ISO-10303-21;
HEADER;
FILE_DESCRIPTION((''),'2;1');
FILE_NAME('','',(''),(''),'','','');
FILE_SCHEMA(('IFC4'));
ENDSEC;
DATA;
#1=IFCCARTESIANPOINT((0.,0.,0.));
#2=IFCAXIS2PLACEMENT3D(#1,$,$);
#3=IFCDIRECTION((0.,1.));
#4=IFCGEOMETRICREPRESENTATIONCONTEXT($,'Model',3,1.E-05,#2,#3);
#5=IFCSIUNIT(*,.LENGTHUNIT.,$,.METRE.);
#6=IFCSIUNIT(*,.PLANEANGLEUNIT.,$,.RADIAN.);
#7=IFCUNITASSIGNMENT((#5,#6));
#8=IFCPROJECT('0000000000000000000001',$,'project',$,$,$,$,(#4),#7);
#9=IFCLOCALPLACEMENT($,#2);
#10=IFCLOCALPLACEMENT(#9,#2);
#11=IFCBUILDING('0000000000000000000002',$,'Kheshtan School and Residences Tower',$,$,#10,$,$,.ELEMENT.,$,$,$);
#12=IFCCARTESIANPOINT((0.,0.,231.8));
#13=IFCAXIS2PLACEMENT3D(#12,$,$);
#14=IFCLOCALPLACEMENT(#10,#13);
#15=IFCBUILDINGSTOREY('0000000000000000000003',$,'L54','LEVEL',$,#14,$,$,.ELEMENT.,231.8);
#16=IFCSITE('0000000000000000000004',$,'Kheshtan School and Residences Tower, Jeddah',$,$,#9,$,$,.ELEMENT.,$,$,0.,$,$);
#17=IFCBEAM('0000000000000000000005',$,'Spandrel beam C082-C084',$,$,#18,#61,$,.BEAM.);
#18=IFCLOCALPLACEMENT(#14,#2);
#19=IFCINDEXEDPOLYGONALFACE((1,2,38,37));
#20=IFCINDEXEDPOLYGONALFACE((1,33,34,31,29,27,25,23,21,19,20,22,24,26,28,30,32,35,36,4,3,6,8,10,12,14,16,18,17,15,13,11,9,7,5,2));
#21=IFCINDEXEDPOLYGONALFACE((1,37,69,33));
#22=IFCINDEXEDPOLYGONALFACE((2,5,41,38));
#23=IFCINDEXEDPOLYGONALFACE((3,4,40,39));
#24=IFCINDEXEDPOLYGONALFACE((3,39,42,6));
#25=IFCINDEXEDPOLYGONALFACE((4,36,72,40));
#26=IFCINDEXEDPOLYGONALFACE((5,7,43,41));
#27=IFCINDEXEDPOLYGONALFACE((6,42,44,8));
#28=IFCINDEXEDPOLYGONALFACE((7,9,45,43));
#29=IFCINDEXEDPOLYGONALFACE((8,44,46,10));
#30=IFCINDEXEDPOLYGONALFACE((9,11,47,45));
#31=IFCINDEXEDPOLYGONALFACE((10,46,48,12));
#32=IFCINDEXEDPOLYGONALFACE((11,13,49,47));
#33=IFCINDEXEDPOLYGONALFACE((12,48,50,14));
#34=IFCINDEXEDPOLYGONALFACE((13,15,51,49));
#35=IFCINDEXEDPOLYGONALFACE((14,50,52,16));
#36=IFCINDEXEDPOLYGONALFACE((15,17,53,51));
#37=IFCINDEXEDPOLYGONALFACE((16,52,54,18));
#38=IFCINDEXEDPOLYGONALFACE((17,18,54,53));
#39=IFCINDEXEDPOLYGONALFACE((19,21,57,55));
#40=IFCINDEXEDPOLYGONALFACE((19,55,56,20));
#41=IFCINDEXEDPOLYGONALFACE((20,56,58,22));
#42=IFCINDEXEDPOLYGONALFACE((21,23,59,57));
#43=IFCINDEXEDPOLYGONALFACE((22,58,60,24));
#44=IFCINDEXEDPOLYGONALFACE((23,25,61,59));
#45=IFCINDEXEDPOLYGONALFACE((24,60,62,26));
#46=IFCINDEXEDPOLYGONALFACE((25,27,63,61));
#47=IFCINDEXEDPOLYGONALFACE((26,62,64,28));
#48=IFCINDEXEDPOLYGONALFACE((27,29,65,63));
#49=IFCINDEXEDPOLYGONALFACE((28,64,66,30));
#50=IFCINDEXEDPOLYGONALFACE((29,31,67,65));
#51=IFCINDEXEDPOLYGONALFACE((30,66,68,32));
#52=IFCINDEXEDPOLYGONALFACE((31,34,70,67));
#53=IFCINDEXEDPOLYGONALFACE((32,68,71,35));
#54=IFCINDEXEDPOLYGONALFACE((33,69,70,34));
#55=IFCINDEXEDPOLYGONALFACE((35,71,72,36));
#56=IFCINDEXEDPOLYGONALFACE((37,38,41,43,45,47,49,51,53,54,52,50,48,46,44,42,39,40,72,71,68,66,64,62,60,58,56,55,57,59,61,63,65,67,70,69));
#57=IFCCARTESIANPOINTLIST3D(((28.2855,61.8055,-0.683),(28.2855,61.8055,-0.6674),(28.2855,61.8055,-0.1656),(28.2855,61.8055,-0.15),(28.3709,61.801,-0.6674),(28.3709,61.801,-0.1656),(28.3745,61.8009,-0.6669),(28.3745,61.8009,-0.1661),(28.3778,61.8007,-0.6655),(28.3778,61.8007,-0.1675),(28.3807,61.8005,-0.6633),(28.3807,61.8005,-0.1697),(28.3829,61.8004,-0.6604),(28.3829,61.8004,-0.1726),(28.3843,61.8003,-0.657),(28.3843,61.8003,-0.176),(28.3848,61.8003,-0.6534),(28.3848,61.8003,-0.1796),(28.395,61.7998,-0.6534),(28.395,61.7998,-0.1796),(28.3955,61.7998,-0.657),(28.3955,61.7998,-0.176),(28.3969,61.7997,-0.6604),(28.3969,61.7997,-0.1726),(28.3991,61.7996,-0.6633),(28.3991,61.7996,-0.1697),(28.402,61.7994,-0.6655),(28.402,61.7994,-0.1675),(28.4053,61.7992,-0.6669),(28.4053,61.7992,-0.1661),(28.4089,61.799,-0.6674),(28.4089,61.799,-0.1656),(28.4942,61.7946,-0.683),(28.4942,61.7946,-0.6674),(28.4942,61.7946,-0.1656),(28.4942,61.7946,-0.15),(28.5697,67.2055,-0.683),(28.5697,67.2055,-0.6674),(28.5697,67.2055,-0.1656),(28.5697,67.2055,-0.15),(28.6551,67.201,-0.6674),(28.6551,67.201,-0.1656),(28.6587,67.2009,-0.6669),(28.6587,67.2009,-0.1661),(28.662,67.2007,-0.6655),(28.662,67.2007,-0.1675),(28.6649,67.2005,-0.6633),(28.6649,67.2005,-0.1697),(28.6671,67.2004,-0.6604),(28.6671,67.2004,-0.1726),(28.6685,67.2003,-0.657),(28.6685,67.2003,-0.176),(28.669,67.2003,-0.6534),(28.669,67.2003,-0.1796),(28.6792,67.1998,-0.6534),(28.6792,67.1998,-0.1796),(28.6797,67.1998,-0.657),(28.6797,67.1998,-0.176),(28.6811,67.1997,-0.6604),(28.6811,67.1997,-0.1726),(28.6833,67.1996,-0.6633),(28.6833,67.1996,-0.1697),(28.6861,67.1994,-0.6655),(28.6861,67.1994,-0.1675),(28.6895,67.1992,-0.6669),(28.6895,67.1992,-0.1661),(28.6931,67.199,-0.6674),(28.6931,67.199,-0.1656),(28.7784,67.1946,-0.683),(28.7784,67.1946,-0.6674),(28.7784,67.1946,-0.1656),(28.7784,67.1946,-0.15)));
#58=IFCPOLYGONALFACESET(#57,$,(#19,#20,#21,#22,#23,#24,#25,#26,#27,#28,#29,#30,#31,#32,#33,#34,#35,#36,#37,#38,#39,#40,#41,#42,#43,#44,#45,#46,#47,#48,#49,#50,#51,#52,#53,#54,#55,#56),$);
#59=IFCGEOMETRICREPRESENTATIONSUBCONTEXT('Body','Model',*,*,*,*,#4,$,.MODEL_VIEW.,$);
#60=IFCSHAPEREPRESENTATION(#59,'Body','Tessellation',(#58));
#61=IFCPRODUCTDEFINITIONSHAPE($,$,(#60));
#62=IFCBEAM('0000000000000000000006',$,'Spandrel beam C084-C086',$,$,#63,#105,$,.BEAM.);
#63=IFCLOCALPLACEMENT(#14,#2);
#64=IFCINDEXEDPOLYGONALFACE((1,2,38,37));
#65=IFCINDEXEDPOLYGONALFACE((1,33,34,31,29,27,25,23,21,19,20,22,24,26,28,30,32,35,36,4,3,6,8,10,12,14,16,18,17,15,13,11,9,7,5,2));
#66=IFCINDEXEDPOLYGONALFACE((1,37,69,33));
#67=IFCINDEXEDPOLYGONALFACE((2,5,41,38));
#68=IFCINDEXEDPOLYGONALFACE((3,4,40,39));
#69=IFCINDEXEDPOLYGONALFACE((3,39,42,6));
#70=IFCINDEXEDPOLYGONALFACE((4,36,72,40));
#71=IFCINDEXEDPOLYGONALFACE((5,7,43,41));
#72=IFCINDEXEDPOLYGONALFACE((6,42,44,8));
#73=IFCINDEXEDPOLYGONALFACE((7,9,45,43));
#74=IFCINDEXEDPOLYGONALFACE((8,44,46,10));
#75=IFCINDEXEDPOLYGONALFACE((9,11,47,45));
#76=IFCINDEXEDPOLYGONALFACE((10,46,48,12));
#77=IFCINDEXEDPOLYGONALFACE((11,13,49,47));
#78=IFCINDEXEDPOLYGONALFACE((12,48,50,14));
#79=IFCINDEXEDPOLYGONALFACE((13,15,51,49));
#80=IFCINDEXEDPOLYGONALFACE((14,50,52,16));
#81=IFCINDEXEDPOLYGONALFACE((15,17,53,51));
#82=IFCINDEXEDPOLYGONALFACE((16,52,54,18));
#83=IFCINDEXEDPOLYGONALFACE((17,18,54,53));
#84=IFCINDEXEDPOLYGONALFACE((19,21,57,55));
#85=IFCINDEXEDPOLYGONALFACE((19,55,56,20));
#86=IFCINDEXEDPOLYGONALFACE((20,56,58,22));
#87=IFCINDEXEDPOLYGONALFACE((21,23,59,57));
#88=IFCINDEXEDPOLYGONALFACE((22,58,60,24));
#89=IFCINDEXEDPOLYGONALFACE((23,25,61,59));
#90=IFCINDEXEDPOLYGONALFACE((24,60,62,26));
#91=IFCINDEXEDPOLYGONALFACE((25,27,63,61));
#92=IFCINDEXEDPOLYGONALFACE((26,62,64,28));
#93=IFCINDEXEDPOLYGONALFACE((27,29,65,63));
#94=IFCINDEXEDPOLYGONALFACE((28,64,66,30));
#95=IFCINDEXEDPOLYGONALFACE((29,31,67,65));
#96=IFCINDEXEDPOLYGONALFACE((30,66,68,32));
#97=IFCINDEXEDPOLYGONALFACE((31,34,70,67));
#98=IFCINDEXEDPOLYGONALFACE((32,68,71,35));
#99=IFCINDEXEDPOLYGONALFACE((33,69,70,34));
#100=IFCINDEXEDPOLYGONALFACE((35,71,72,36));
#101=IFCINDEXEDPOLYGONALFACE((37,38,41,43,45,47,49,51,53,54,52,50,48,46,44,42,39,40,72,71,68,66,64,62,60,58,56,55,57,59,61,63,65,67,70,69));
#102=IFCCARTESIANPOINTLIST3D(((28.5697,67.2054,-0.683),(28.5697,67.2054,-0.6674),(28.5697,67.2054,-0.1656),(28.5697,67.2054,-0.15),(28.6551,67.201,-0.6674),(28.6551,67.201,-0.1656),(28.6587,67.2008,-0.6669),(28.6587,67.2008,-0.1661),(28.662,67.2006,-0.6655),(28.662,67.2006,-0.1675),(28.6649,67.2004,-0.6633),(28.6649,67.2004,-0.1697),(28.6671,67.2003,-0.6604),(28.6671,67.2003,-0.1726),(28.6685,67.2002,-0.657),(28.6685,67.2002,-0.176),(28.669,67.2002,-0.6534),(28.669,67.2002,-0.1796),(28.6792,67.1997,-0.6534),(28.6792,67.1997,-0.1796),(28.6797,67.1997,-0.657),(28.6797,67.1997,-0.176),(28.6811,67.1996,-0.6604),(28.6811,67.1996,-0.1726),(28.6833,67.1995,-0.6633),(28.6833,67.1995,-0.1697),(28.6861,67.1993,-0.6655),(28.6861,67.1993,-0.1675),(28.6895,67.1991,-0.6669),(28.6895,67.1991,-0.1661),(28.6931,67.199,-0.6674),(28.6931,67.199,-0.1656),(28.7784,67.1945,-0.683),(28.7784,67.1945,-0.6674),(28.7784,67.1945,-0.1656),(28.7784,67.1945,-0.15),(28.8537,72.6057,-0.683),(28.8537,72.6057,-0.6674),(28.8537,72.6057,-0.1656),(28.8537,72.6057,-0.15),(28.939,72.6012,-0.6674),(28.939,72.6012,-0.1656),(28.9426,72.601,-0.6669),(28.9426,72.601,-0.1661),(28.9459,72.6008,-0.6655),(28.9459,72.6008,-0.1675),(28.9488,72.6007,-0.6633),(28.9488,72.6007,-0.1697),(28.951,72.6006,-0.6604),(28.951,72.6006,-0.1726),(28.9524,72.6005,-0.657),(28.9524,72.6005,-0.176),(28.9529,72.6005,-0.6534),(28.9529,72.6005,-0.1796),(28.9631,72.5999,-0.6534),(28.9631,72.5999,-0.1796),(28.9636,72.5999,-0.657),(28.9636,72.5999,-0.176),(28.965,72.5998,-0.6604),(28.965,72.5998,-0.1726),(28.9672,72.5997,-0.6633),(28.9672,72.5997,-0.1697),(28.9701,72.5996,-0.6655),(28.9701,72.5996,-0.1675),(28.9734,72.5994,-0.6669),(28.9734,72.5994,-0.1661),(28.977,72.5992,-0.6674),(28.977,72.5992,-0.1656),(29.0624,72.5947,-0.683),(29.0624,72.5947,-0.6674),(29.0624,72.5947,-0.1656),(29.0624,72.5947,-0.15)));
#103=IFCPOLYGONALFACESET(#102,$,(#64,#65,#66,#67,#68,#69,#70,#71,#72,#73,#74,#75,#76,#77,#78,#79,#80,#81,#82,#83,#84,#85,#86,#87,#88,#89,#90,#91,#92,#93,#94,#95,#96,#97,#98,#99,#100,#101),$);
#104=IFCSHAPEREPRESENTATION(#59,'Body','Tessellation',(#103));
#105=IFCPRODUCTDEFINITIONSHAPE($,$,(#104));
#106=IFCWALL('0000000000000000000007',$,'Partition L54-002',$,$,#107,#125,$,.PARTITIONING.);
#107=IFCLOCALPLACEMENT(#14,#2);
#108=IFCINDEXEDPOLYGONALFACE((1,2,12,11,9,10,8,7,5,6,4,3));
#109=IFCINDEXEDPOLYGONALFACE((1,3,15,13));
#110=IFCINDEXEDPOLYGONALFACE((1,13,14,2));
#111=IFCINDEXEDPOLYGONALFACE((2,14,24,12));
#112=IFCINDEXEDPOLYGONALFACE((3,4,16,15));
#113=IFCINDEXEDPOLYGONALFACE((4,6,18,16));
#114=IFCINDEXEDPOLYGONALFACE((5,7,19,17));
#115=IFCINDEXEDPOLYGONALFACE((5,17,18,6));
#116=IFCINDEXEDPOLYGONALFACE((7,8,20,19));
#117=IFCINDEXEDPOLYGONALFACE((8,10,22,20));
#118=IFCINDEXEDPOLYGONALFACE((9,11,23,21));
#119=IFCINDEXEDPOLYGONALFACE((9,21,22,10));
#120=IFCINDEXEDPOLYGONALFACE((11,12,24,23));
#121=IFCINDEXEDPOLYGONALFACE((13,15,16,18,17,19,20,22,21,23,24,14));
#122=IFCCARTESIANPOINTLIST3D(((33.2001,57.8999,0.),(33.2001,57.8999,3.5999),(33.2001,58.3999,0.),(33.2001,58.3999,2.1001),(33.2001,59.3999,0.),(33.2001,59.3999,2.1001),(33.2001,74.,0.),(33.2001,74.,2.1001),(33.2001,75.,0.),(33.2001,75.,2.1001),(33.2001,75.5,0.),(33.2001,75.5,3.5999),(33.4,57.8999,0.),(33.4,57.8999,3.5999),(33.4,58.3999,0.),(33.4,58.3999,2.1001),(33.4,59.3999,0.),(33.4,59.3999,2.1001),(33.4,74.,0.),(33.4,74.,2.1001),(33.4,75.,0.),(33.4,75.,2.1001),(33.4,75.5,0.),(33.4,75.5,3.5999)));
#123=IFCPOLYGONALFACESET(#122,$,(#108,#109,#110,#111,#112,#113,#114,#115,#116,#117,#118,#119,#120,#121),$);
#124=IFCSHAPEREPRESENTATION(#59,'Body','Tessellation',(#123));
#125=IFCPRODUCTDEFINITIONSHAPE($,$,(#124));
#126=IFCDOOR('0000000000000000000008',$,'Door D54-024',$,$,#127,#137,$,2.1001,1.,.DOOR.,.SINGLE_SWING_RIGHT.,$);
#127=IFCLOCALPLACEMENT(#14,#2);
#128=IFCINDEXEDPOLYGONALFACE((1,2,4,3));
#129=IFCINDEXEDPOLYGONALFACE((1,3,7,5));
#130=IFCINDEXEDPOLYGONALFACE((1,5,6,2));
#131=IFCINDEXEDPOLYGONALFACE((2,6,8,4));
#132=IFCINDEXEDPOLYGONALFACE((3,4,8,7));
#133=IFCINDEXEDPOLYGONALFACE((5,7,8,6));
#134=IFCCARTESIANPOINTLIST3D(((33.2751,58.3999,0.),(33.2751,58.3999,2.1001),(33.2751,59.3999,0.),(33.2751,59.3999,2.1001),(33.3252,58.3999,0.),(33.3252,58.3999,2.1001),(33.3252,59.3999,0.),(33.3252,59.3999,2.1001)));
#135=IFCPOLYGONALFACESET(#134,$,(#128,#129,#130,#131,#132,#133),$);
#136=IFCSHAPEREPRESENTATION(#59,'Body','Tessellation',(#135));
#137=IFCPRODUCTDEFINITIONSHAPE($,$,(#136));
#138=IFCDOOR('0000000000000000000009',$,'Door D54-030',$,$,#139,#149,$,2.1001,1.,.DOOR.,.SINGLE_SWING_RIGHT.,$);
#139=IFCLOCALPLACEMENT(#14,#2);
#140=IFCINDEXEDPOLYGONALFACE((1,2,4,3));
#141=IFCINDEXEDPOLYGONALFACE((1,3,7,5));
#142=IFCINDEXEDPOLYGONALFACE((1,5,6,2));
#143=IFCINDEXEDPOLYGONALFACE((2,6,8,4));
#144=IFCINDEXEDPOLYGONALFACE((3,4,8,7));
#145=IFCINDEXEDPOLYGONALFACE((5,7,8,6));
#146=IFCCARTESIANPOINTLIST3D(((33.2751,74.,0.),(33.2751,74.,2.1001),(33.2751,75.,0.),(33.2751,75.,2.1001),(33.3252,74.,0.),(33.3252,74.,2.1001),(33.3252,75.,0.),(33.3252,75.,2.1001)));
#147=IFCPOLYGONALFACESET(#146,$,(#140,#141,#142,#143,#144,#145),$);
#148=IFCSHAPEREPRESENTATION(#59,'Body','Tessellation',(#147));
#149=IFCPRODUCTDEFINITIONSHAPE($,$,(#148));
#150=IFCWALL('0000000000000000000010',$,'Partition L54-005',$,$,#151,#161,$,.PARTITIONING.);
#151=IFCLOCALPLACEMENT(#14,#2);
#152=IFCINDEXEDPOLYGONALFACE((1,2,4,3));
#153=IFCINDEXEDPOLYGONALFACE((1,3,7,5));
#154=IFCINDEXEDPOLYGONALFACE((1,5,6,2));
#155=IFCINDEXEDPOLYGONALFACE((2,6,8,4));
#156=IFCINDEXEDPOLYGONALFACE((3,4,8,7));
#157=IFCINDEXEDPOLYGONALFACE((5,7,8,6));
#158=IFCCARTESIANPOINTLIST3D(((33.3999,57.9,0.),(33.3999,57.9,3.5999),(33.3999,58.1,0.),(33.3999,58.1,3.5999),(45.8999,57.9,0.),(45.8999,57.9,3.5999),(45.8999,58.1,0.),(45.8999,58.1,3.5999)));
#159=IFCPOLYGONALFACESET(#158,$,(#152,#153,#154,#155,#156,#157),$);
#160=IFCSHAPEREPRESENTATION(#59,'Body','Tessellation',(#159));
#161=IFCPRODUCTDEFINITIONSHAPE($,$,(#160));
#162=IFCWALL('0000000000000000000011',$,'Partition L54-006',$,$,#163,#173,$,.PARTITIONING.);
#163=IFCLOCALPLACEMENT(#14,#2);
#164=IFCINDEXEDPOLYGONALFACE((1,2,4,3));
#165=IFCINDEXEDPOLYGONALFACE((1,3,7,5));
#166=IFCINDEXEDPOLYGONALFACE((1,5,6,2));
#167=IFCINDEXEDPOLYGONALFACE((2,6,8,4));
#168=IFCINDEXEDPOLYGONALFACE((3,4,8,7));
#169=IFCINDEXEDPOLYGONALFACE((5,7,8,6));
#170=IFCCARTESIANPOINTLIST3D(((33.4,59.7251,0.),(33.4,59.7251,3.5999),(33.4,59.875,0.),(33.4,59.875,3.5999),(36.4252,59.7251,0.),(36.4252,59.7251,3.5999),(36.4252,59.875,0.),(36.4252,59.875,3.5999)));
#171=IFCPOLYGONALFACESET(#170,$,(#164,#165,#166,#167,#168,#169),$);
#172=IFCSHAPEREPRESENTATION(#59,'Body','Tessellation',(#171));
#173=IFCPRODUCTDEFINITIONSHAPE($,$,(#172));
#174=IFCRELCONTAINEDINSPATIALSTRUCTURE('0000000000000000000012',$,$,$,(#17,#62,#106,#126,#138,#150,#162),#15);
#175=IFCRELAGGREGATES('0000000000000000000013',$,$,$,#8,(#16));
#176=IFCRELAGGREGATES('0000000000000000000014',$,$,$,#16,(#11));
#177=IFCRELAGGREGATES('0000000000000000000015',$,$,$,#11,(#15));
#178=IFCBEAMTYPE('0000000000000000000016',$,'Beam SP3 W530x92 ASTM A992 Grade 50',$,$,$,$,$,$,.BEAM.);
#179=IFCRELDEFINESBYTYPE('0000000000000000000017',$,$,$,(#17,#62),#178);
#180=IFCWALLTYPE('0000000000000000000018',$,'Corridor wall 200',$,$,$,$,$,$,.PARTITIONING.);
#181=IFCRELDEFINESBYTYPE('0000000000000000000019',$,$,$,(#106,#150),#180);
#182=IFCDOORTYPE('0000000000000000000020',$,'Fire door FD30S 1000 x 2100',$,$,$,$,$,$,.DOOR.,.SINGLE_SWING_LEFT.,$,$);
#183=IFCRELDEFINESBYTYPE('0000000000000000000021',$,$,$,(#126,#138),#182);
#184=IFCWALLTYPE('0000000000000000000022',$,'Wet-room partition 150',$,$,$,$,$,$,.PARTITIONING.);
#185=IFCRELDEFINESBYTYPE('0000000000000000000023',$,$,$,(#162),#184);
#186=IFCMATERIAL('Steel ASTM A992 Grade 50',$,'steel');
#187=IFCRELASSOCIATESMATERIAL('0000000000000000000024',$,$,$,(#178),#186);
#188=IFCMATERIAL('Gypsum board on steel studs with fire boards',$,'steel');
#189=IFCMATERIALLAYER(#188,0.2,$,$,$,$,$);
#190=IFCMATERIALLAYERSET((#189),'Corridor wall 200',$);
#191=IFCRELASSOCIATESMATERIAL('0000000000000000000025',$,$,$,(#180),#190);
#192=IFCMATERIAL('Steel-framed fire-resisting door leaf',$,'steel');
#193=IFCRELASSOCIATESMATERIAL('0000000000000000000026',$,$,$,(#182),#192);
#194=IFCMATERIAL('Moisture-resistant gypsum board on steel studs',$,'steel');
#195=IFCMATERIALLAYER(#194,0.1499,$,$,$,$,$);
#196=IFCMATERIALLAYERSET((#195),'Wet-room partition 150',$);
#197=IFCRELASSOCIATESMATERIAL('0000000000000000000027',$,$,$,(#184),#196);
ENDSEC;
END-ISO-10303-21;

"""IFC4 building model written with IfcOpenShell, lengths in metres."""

from ifc_helpers import new_model, si_unit, direction, frame, frame_2d, origin, origin_2d, place, context, subcontext, project, spatial, rectangle, i_section, extrude, source, transform, mapped, material, layer, layer_set, material_profile, profile_set, type_object, element, fill, save


model = new_model("IFC4")

# Units and contexts
model_context = context("Model", 3, precision=1e-05, world=origin(), true_north=direction((0.0, 1.0)))
body_context = subcontext(model_context, "Body", "Model", "MODEL_VIEW")
ifc_project = project(units=[si_unit("LENGTHUNIT", "METRE"), si_unit("PLANEANGLEUNIT", "RADIAN")], contexts=[model_context])

# Site, building, storey
site_placement = place(None, origin())
site = spatial("IfcSite", under=ifc_project, at=site_placement, Name="Kheshtan School and Residences Tower, Jeddah", CompositionType="ELEMENT", RefElevation=0.0)
building_placement = place(site_placement, origin())
building = spatial("IfcBuilding", under=site, at=building_placement, Name="Kheshtan School and Residences Tower", CompositionType="ELEMENT")
storey_placement = place(building_placement, frame((0.0, 0.0, 231.8)))
storey = spatial("IfcBuildingStorey", under=building, at=storey_placement, Name="L54", Description="LEVEL", CompositionType="ELEMENT", Elevation=231.8)

# Shared definitions
ifc_material_1 = material(Name="Steel ASTM A992 Grade 50", Category="steel")

# Beams
ifc_material_profile_1 = material_profile(ifc_material_1, i_section(OverallWidth=0.209, OverallDepth=0.533, WebThickness=0.0103, FlangeThickness=0.0156, FilletRadius=0.0139, at=origin_2d()), Name="W530x92")
ifc_profile_set_1 = profile_set([ifc_material_profile_1], Name="Steel ASTM A992 Grade 50")
beam_type_1 = type_object("IfcBeamType", Name="Beam SP3 W530x92 ASTM A992 Grade 50", PredefinedType="BEAM", material=ifc_profile_set_1)
beam_1_placement = place(storey_placement, frame((28.3899, 61.8, -0.4165), z_axis=(0.052554, 0.998618, 0.0), x_axis=(-0.998618, 0.052554, 0.0)))
element("IfcBeam", 1, at=beam_1_placement, inside=storey, type_object=beam_type_1, Name="Spandrel beam C082-C084", PredefinedType="BEAM", context=body_context, shape_type="SweptSolid", body=[
    extrude(i_section(OverallWidth=0.209, OverallDepth=0.533, WebThickness=0.0103, FlangeThickness=0.0156, FilletRadius=0.0139, at=origin_2d()), origin(), (0.0, 0.0, 1.0), 5.4075),
])
beam_2_placement = place(storey_placement, frame((28.6741, 67.2, -0.4165), z_axis=(0.052507, 0.998621, 0.0), x_axis=(-0.998621, 0.052507, 0.0)))
element("IfcBeam", 2, at=beam_2_placement, inside=storey, type_object=beam_type_1, Name="Spandrel beam C084-C086", PredefinedType="BEAM", context=body_context, shape_type="SweptSolid", body=[
    extrude(i_section(OverallWidth=0.209, OverallDepth=0.533, WebThickness=0.0103, FlangeThickness=0.0156, FilletRadius=0.0139, at=origin_2d()), origin(), (0.0, 0.0, 1.0), 5.4077),
])

# Wall, openings, doors
ifc_material_2 = material(Name="Gypsum board on steel studs with fire boards", Category="steel")
ifc_layer_1 = layer(ifc_material_2, 0.2)
ifc_layer_set_1 = layer_set([ifc_layer_1], Name="Corridor wall 200")
wall_type_1 = type_object("IfcWallType", Name="Corridor wall 200", PredefinedType="PARTITIONING", material=ifc_layer_set_1)
wall_1_placement = place(storey_placement, frame((33.3, 57.8999, 0.0), z_axis=(0.0, 0.0, 1.0), x_axis=(0.0, 1.0, 0.0)))
wall_1 = element("IfcWall", 3, at=wall_1_placement, inside=storey, type_object=wall_type_1, Name="Partition L54-002", PredefinedType="PARTITIONING", context=body_context, shape_type="SweptSolid", body=[
    extrude(rectangle(XDim=17.6001, YDim=0.2, at=frame_2d((8.8, 0.0))), origin(), (0.0, 0.0, 1.0), 3.5999),
])
opening_1_placement = place(wall_1_placement, frame((0.5, 0.0, 0.0)))
opening_1 = element("IfcOpeningElement", 4, at=opening_1_placement, cuts=wall_1, PredefinedType="OPENING", context=body_context, shape_type="SweptSolid", body=[
    extrude(rectangle(XDim=1.0, YDim=2.1001, at=frame_2d((0.5, 1.05))), frame((0.0, 0.1099, 0.0), z_axis=(0.0, -1.0, 0.0), x_axis=(1.0, 0.0, 0.0)), (0.0, 0.0, 1.0), 0.22),
])
opening_2_placement = place(wall_1_placement, frame((16.1001, 0.0, 0.0)))
opening_2 = element("IfcOpeningElement", 5, at=opening_2_placement, cuts=wall_1, PredefinedType="OPENING", context=body_context, shape_type="SweptSolid", body=[
    extrude(rectangle(XDim=1.0, YDim=2.1001, at=frame_2d((0.5, 1.05))), frame((0.0, 0.1099, 0.0), z_axis=(0.0, -1.0, 0.0), x_axis=(1.0, 0.0, 0.0)), (0.0, 0.0, 1.0), 0.22),
])
ifc_material_3 = material(Name="Steel-framed fire-resisting door leaf", Category="steel")
door_type = type_object("IfcDoorType", Name="Fire door FD30S 1000 x 2100", OperationType="SINGLE_SWING_LEFT", PredefinedType="DOOR", material=ifc_material_3)
shared_shape = source(origin(), body_context, "Body", "SweptSolid", [
    extrude(rectangle(XDim=1.0, YDim=2.1001, at=frame_2d((0.5, 1.05))), frame((0.0, 0.0249, 0.0), z_axis=(0.0, -1.0, 0.0), x_axis=(1.0, 0.0, 0.0)), (0.0, 0.0, 1.0), 0.05),
])
door_1_placement = place(opening_1_placement, origin())
door_1 = element("IfcDoor", 6, at=door_1_placement, inside=storey, type_object=door_type, Name="Door D54-024", OperationType="SINGLE_SWING_RIGHT", OverallHeight=2.1001, OverallWidth=1.0, PredefinedType="DOOR", context=body_context, shape_type="MappedRepresentation", body=[
    mapped(shared_shape, transform((0.0, 0.0, 0.0), x_axis=(1.0, 0.0, 0.0), y_axis=(0.0, 1.0, 0.0), z_axis=(0.0, 0.0, 1.0), scale=1.0)),
])
fill(opening_1, door_1)
door_2_placement = place(opening_2_placement, origin())
door_2 = element("IfcDoor", 7, at=door_2_placement, inside=storey, type_object=door_type, Name="Door D54-030", OperationType="SINGLE_SWING_RIGHT", OverallHeight=2.1001, OverallWidth=1.0, PredefinedType="DOOR", context=body_context, shape_type="MappedRepresentation", body=[
    mapped(shared_shape, transform((0.0, 0.0, 0.0), x_axis=(1.0, 0.0, 0.0), y_axis=(0.0, 1.0, 0.0), z_axis=(0.0, 0.0, 1.0), scale=1.0)),
])
fill(opening_2, door_2)

# Walls
wall_2_placement = place(storey_placement, frame((33.3999, 58.0, 0.0), z_axis=(0.0, 0.0, 1.0), x_axis=(1.0, 0.0, 0.0)))
element("IfcWall", 8, at=wall_2_placement, inside=storey, type_object=wall_type_1, Name="Partition L54-005", PredefinedType="PARTITIONING", context=body_context, shape_type="SweptSolid", body=[
    extrude(rectangle(XDim=12.5, YDim=0.2, at=frame_2d((6.25, 0.0))), origin(), (0.0, 0.0, 1.0), 3.5999),
])
ifc_material_4 = material(Name="Moisture-resistant gypsum board on steel studs", Category="steel")
ifc_layer_2 = layer(ifc_material_4, 0.1499)
ifc_layer_set_2 = layer_set([ifc_layer_2], Name="Wet-room partition 150")
wall_type_2 = type_object("IfcWallType", Name="Wet-room partition 150", PredefinedType="PARTITIONING", material=ifc_layer_set_2)
wall_3_placement = place(storey_placement, frame((33.3999, 59.8, 0.0), z_axis=(0.0, 0.0, 1.0), x_axis=(1.0, 0.0, 0.0)))
element("IfcWall", 9, at=wall_3_placement, inside=storey, type_object=wall_type_2, Name="Partition L54-006", PredefinedType="PARTITIONING", context=body_context, shape_type="SweptSolid", body=[
    extrude(rectangle(XDim=3.0251, YDim=0.1499, at=frame_2d((1.5127, 0.0))), origin(), (0.0, 0.0, 1.0), 3.5999),
])

save(model, "model.ifc")
